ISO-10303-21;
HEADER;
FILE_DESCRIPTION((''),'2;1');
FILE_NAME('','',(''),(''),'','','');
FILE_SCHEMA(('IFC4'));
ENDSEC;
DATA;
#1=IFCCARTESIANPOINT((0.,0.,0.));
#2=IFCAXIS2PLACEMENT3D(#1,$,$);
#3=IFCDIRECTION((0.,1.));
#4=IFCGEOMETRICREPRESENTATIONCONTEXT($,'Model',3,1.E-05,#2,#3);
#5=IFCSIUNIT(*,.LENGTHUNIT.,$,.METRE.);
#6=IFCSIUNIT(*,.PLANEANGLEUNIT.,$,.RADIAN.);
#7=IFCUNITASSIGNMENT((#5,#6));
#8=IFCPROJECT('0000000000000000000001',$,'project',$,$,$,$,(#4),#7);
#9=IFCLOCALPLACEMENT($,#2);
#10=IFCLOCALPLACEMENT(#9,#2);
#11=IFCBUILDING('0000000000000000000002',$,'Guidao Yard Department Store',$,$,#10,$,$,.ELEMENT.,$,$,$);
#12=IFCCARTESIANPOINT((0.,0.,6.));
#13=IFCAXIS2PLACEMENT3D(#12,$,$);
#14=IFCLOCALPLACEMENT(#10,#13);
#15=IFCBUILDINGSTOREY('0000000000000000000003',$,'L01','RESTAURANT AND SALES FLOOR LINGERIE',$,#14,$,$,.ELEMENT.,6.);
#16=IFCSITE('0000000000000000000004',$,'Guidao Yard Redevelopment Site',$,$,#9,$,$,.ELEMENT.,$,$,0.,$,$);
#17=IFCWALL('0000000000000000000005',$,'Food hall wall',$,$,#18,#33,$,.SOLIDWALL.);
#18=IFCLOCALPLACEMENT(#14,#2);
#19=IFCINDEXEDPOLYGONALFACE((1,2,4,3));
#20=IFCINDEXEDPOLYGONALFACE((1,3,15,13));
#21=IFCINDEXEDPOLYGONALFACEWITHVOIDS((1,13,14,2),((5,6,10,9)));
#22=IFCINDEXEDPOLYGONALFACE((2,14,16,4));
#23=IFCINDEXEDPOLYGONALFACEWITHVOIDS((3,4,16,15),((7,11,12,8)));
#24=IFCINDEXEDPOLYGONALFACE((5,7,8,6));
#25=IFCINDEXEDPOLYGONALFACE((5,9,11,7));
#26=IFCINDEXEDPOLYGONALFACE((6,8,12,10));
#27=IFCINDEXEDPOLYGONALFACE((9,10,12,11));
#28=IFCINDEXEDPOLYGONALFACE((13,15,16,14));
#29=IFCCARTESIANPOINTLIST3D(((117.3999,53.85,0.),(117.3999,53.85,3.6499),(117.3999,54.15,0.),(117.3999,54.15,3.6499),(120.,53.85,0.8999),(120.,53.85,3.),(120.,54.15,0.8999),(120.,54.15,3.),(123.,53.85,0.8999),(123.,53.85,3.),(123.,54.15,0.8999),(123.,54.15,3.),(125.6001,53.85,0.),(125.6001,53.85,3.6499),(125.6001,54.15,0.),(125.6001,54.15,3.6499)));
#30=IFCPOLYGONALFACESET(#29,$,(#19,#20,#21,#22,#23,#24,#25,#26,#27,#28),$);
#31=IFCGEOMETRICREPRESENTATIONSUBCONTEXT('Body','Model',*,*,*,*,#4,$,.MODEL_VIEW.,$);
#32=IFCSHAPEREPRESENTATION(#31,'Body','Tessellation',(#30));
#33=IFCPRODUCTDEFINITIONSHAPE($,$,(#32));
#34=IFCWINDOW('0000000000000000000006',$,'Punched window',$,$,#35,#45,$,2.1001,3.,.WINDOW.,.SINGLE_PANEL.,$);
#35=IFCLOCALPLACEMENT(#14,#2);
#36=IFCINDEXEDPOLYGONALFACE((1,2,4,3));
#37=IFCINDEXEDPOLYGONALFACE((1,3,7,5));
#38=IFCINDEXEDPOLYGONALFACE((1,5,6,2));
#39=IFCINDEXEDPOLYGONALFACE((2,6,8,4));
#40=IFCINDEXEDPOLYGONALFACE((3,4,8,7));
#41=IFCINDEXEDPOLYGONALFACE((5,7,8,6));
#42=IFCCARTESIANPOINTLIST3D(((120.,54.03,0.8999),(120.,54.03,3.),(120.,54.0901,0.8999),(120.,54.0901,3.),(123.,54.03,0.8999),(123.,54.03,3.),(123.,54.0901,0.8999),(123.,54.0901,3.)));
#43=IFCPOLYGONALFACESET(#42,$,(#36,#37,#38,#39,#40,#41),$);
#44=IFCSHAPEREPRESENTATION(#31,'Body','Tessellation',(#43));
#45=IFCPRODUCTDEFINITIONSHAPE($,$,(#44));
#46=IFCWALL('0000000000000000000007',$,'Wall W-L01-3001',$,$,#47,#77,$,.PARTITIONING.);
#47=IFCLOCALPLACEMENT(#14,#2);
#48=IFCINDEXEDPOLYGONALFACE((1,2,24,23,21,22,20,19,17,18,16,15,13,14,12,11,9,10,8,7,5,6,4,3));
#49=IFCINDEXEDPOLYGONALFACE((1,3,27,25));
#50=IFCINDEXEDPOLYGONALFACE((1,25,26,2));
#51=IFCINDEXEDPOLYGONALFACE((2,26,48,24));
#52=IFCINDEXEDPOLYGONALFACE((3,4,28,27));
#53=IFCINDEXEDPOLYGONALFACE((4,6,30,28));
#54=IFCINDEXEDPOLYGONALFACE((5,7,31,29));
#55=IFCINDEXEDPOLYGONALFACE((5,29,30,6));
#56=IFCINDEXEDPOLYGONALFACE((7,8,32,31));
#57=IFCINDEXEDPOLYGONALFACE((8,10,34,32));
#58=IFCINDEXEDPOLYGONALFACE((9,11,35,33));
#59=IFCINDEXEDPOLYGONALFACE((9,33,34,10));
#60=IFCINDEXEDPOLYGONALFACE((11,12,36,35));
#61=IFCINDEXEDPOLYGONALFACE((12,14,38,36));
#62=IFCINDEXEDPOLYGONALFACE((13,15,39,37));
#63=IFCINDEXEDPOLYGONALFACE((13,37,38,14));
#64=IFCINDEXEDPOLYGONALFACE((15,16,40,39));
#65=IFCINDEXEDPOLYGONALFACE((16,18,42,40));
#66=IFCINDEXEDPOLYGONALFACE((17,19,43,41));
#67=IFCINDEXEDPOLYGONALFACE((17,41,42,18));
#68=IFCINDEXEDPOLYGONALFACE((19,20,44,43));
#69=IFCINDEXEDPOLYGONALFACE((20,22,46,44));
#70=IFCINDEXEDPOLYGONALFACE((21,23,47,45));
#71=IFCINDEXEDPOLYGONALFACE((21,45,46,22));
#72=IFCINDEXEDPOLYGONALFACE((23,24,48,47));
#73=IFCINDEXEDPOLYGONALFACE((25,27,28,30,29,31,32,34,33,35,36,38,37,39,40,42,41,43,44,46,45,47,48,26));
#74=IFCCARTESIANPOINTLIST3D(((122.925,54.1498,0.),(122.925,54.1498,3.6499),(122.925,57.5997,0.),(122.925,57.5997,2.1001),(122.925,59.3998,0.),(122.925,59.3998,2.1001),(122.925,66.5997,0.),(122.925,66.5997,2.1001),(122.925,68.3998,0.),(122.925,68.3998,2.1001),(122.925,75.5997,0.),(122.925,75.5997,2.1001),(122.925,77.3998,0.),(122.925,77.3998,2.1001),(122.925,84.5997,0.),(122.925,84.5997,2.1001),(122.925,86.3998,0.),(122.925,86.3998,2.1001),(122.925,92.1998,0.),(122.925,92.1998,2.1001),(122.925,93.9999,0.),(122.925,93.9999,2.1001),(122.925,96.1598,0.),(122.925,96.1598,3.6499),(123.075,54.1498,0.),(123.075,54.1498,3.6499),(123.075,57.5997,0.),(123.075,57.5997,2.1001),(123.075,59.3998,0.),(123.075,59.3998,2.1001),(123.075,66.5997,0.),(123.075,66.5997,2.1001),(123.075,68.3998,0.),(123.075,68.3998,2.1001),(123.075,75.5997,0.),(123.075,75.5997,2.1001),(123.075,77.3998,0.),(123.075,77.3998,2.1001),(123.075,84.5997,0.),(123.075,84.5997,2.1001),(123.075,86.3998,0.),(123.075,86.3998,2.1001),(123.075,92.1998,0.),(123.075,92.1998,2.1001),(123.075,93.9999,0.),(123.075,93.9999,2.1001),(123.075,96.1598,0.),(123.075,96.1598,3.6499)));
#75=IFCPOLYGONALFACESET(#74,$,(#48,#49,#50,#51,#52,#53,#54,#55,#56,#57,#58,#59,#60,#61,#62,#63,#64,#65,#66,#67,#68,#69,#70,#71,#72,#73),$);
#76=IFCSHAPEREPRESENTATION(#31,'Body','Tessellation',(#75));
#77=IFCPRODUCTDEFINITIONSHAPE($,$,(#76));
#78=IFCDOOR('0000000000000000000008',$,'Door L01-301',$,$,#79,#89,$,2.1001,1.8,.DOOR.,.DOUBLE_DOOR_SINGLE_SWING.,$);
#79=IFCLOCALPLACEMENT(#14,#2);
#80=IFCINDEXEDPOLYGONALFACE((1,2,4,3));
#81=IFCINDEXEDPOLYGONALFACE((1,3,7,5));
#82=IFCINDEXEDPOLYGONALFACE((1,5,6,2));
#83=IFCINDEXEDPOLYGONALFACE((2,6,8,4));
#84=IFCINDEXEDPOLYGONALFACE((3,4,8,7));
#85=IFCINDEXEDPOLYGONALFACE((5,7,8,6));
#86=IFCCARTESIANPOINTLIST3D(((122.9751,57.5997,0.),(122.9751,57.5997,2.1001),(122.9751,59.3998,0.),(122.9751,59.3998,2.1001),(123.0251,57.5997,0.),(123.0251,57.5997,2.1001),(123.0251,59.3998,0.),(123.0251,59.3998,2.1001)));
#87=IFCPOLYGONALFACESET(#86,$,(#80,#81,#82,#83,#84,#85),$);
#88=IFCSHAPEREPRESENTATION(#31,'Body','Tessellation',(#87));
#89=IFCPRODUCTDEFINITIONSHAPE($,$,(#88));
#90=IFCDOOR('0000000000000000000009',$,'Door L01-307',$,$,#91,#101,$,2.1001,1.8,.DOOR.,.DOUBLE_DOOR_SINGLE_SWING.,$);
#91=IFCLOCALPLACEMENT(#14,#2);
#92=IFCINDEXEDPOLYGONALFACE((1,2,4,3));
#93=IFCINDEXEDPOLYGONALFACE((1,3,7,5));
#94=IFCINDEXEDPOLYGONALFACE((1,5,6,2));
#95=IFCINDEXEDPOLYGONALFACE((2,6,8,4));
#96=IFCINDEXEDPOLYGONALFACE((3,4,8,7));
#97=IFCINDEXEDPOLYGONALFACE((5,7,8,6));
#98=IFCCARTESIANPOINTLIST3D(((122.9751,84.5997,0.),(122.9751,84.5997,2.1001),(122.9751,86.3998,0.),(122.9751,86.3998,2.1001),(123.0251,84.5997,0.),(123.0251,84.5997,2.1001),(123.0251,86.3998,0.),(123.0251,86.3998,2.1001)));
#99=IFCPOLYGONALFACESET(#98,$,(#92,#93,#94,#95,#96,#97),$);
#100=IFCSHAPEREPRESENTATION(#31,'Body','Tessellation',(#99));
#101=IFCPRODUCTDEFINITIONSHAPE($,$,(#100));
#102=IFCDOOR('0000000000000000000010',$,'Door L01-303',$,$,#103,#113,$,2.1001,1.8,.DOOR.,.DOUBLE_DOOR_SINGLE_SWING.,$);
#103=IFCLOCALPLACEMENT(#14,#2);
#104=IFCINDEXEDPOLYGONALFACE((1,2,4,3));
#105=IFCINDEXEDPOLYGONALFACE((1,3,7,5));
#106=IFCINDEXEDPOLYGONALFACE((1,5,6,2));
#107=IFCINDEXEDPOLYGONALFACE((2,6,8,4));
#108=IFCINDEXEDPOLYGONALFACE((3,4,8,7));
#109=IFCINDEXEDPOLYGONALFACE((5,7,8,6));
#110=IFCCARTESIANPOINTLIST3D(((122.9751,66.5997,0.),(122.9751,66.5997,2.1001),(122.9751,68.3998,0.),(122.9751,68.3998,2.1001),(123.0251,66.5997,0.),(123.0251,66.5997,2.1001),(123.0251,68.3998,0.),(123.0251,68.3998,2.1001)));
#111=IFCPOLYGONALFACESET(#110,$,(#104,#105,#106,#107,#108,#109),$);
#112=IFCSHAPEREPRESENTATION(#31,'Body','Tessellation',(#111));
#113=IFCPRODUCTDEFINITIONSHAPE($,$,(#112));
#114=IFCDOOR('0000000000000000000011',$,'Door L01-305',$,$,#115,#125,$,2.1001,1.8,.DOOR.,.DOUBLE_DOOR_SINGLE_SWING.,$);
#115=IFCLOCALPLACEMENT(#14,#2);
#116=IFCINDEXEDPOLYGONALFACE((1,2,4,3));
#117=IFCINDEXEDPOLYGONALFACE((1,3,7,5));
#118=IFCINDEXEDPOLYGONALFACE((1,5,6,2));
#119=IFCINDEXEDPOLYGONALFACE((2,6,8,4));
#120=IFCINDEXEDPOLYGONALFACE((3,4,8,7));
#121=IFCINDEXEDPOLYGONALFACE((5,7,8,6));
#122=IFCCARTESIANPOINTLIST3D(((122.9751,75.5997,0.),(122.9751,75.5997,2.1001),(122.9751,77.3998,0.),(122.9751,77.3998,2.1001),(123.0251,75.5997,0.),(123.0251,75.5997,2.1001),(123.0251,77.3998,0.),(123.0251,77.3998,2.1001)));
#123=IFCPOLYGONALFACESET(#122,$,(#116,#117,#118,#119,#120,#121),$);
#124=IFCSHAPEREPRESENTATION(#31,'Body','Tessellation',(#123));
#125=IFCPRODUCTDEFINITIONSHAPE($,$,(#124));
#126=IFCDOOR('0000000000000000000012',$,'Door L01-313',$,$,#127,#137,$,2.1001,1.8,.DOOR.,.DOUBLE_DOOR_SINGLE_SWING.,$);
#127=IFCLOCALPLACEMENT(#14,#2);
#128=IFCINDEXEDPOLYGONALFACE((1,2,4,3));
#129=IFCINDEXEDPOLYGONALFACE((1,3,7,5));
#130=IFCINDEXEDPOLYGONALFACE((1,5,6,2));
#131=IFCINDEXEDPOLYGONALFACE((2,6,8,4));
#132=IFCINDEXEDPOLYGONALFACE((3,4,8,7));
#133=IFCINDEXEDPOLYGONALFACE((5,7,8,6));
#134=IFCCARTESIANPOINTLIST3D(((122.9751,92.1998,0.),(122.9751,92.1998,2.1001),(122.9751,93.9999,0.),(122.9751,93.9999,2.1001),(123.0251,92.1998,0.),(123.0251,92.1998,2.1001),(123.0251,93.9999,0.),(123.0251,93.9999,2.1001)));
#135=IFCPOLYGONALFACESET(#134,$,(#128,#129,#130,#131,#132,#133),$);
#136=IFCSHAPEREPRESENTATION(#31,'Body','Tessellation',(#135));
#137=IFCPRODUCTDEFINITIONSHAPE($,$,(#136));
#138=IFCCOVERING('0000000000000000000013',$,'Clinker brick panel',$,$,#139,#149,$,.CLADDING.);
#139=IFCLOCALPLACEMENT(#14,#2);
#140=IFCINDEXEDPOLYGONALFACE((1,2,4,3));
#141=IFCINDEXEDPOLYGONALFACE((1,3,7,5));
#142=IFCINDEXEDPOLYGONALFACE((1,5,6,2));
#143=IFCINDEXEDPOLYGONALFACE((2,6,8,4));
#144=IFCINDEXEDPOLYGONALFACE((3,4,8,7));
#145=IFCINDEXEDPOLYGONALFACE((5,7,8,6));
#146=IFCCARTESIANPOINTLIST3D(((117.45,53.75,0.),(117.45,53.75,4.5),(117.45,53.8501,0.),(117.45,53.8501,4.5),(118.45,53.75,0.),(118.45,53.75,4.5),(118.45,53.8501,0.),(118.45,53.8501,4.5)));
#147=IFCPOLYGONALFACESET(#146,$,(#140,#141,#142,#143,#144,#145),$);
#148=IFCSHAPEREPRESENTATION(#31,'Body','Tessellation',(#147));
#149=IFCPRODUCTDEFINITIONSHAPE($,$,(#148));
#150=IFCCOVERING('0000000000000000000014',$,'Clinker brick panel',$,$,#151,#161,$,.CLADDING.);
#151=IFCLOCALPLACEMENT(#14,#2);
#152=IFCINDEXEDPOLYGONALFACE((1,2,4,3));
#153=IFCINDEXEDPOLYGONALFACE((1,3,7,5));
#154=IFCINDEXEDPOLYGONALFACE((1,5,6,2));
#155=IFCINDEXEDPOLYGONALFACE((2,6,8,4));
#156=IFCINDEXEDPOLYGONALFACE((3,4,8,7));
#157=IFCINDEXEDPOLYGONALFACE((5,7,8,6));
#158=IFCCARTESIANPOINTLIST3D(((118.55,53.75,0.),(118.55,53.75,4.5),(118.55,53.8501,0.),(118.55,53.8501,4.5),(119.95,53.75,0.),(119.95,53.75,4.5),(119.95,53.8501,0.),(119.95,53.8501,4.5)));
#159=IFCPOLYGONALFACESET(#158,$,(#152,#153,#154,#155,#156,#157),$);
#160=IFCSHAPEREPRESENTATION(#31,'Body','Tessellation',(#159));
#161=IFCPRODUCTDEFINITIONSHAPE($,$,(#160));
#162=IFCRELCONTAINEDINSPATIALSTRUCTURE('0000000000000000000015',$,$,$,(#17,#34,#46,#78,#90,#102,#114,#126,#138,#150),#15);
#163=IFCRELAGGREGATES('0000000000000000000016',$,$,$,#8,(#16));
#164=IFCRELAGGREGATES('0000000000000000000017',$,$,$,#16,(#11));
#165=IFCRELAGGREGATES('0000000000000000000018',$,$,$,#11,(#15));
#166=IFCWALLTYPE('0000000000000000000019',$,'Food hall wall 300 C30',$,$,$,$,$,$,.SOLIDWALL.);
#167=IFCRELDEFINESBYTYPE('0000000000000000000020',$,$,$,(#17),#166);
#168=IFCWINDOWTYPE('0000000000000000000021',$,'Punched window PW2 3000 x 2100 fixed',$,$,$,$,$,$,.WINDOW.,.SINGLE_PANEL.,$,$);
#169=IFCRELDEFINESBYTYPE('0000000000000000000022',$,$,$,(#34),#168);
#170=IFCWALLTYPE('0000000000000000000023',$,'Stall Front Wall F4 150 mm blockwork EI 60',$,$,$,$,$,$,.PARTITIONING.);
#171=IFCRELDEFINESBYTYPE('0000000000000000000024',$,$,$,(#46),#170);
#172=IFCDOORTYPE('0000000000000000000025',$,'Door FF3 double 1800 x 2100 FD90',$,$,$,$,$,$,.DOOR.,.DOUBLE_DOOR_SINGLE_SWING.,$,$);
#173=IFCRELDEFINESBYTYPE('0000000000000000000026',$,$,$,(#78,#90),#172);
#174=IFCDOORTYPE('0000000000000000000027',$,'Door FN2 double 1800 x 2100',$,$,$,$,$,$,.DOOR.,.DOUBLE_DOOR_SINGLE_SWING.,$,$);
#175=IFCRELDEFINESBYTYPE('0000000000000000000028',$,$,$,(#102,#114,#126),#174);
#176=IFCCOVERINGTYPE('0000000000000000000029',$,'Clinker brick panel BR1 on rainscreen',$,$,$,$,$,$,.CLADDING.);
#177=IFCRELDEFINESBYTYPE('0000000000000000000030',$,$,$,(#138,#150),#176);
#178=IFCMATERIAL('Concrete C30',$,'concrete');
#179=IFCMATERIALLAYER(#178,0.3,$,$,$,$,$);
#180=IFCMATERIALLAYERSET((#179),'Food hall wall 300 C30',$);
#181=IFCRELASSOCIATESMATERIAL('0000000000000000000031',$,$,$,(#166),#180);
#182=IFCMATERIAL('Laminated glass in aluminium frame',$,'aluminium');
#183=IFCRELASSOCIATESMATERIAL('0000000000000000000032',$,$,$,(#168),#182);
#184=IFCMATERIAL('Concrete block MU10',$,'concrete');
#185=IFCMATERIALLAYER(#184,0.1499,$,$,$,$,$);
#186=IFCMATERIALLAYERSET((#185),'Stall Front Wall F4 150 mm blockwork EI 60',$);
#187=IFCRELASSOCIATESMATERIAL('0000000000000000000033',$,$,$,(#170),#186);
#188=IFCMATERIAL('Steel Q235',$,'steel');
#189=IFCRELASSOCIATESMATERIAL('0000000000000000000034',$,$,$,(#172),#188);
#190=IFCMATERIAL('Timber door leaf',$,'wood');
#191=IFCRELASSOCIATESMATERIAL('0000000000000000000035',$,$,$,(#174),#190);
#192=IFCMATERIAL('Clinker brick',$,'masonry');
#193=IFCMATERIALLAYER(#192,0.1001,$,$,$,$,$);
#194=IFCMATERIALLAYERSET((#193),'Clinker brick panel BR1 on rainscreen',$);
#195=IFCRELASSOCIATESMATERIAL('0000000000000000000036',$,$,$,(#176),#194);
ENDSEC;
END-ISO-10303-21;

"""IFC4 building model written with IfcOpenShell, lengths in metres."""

from ifc_helpers import new_model, si_unit, direction, frame, frame_2d, origin, origin_2d, place, context, subcontext, project, spatial, rectangle, extrude, material, layer, layer_set, type_object, element, fill, save


model = new_model("IFC4")

# Units and contexts
model_context = context("Model", 3, precision=1e-05, world=origin(), true_north=direction((0.0, 1.0)))
body_context = subcontext(model_context, "Body", "Model", "MODEL_VIEW")
ifc_project = project(units=[si_unit("LENGTHUNIT", "METRE"), si_unit("PLANEANGLEUNIT", "RADIAN")], contexts=[model_context])

# Site, building, storey
site_placement = place(None, origin())
site = spatial("IfcSite", under=ifc_project, at=site_placement, Name="Guidao Yard Redevelopment Site", CompositionType="ELEMENT", RefElevation=0.0)
building_placement = place(site_placement, origin())
building = spatial("IfcBuilding", under=site, at=building_placement, Name="Guidao Yard Department Store", CompositionType="ELEMENT")
storey_placement = place(building_placement, frame((0.0, 0.0, 6.0)))
storey = spatial("IfcBuildingStorey", under=building, at=storey_placement, Name="L01", Description="RESTAURANT AND SALES FLOOR LINGERIE", CompositionType="ELEMENT", Elevation=6.0)

# Wall, opening, window
ifc_material_1 = material(Name="Concrete C30", Category="concrete")
ifc_layer_1 = layer(ifc_material_1, 0.3)
ifc_layer_set_1 = layer_set([ifc_layer_1], Name="Food hall wall 300 C30")
wall_type_1 = type_object("IfcWallType", Name="Food hall wall 300 C30", PredefinedType="SOLIDWALL", material=ifc_layer_set_1)
wall_1_placement = place(storey_placement, frame((125.6001, 54.0, 0.0), z_axis=(0.0, 0.0, 1.0), x_axis=(-1.0, 0.0, 0.0)))
wall_1 = element("IfcWall", 1, at=wall_1_placement, inside=storey, type_object=wall_type_1, Name="Food hall wall", PredefinedType="SOLIDWALL", context=body_context, shape_type="SweptSolid", body=[
    extrude(rectangle(XDim=8.2002, YDim=0.3, at=frame_2d((4.1001, 0.0))), origin(), (0.0, 0.0, 1.0), 3.6499),
])
opening_1_placement = place(wall_1_placement, frame((2.6001, 0.0, 0.8999)))
opening_1 = element("IfcOpeningElement", 2, at=opening_1_placement, cuts=wall_1, PredefinedType="OPENING", context=body_context, shape_type="SweptSolid", body=[
    extrude(rectangle(XDim=3.0, YDim=2.1001, at=frame_2d((1.5, 1.05))), frame((0.0, 0.1599, 0.0), z_axis=(0.0, -1.0, 0.0), x_axis=(1.0, 0.0, 0.0)), (0.0, 0.0, 1.0), 0.3201),
])
ifc_material_2 = material(Name="Laminated glass in aluminium frame", Category="aluminium")
window_type = type_object("IfcWindowType", Name="Punched window PW2 3000 x 2100 fixed", PartitioningType="SINGLE_PANEL", PredefinedType="WINDOW", material=ifc_material_2)
window_placement = place(opening_1_placement, origin())
window = element("IfcWindow", 3, at=window_placement, inside=storey, type_object=window_type, Name="Punched window", OverallHeight=2.1001, OverallWidth=3.0, PartitioningType="SINGLE_PANEL", PredefinedType="WINDOW", context=body_context, shape_type="SweptSolid", body=[
    extrude(rectangle(XDim=3.0, YDim=2.1001, at=frame_2d((1.5, 1.05))), frame((0.0, -0.03, 0.0), z_axis=(0.0, -1.0, 0.0), x_axis=(1.0, 0.0, 0.0)), (0.0, 0.0, 1.0), 0.0601),
])
fill(opening_1, window)

# Wall, openings, doors
ifc_material_3 = material(Name="Concrete block MU10", Category="concrete")
ifc_layer_2 = layer(ifc_material_3, 0.1499)
ifc_layer_set_2 = layer_set([ifc_layer_2], Name="Stall Front Wall F4 150 mm blockwork EI 60")
wall_type_2 = type_object("IfcWallType", Name="Stall Front Wall F4 150 mm blockwork EI 60", PredefinedType="PARTITIONING", material=ifc_layer_set_2)
wall_2_placement = place(storey_placement, frame((123.0, 54.1499, 0.0), z_axis=(0.0, 0.0, 1.0), x_axis=(0.0, 1.0, 0.0)))
wall_2 = element("IfcWall", 4, at=wall_2_placement, inside=storey, type_object=wall_type_2, Name="Wall W-L01-3001", PredefinedType="PARTITIONING", context=body_context, shape_type="SweptSolid", body=[
    extrude(rectangle(XDim=42.01, YDim=0.1499, at=frame_2d((21.0049, 0.0))), origin(), (0.0, 0.0, 1.0), 3.6499),
])
opening_2_placement = place(wall_2_placement, frame((3.45, 0.0, 0.0)))
opening_2 = element("IfcOpeningElement", 5, at=opening_2_placement, cuts=wall_2, PredefinedType="OPENING", context=body_context, shape_type="SweptSolid", body=[
    extrude(rectangle(XDim=1.8, YDim=2.1001, at=frame_2d((0.8999, 1.05))), frame((0.0, 0.085, 0.0), z_axis=(0.0, -1.0, 0.0), x_axis=(1.0, 0.0, 0.0)), (0.0, 0.0, 1.0), 0.1699),
])
opening_3_placement = place(wall_2_placement, frame((12.45, 0.0, 0.0)))
opening_3 = element("IfcOpeningElement", 6, at=opening_3_placement, cuts=wall_2, PredefinedType="OPENING", context=body_context, shape_type="SweptSolid", body=[
    extrude(rectangle(XDim=1.8, YDim=2.1001, at=frame_2d((0.8999, 1.05))), frame((0.0, 0.085, 0.0), z_axis=(0.0, -1.0, 0.0), x_axis=(1.0, 0.0, 0.0)), (0.0, 0.0, 1.0), 0.1699),
])
opening_4_placement = place(wall_2_placement, frame((21.45, 0.0, 0.0)))
opening_4 = element("IfcOpeningElement", 7, at=opening_4_placement, cuts=wall_2, PredefinedType="OPENING", context=body_context, shape_type="SweptSolid", body=[
    extrude(rectangle(XDim=1.8, YDim=2.1001, at=frame_2d((0.8999, 1.05))), frame((0.0, 0.085, 0.0), z_axis=(0.0, -1.0, 0.0), x_axis=(1.0, 0.0, 0.0)), (0.0, 0.0, 1.0), 0.1699),
])
opening_5_placement = place(wall_2_placement, frame((30.45, 0.0, 0.0)))
opening_5 = element("IfcOpeningElement", 8, at=opening_5_placement, cuts=wall_2, PredefinedType="OPENING", context=body_context, shape_type="SweptSolid", body=[
    extrude(rectangle(XDim=1.8, YDim=2.1001, at=frame_2d((0.8999, 1.05))), frame((0.0, 0.085, 0.0), z_axis=(0.0, -1.0, 0.0), x_axis=(1.0, 0.0, 0.0)), (0.0, 0.0, 1.0), 0.1699),
])
opening_6_placement = place(wall_2_placement, frame((38.05, 0.0, 0.0)))
opening_6 = element("IfcOpeningElement", 9, at=opening_6_placement, cuts=wall_2, PredefinedType="OPENING", context=body_context, shape_type="SweptSolid", body=[
    extrude(rectangle(XDim=1.8, YDim=2.1001, at=frame_2d((0.8999, 1.05))), frame((0.0, 0.085, 0.0), z_axis=(0.0, -1.0, 0.0), x_axis=(1.0, 0.0, 0.0)), (0.0, 0.0, 1.0), 0.1699),
])
ifc_material_4 = material(Name="Steel Q235", Category="steel")
door_type_1 = type_object("IfcDoorType", Name="Door FF3 double 1800 x 2100 FD90", OperationType="DOUBLE_DOOR_SINGLE_SWING", PredefinedType="DOOR", material=ifc_material_4)
door_1_placement = place(opening_2_placement, origin())
door_1 = element("IfcDoor", 10, at=door_1_placement, inside=storey, type_object=door_type_1, Name="Door L01-301", OperationType="DOUBLE_DOOR_SINGLE_SWING", OverallHeight=2.1001, OverallWidth=1.8, PredefinedType="DOOR", context=body_context, shape_type="SweptSolid", body=[
    extrude(rectangle(XDim=1.8, YDim=2.1001, at=frame_2d((0.8999, 1.05))), frame((0.0, 0.0249, 0.0), z_axis=(0.0, -1.0, 0.0), x_axis=(1.0, 0.0, 0.0)), (0.0, 0.0, 1.0), 0.05),
])
fill(opening_2, door_1)
door_2_placement = place(opening_5_placement, origin())
door_2 = element("IfcDoor", 11, at=door_2_placement, inside=storey, type_object=door_type_1, Name="Door L01-307", OperationType="DOUBLE_DOOR_SINGLE_SWING", OverallHeight=2.1001, OverallWidth=1.8, PredefinedType="DOOR", context=body_context, shape_type="SweptSolid", body=[
    extrude(rectangle(XDim=1.8, YDim=2.1001, at=frame_2d((0.8999, 1.05))), frame((0.0, 0.0249, 0.0), z_axis=(0.0, -1.0, 0.0), x_axis=(1.0, 0.0, 0.0)), (0.0, 0.0, 1.0), 0.05),
])
fill(opening_5, door_2)
ifc_material_5 = material(Name="Timber door leaf", Category="wood")
door_type_2 = type_object("IfcDoorType", Name="Door FN2 double 1800 x 2100", OperationType="DOUBLE_DOOR_SINGLE_SWING", PredefinedType="DOOR", material=ifc_material_5)
door_3_placement = place(opening_3_placement, origin())
door_3 = element("IfcDoor", 12, at=door_3_placement, inside=storey, type_object=door_type_2, Name="Door L01-303", OperationType="DOUBLE_DOOR_SINGLE_SWING", OverallHeight=2.1001, OverallWidth=1.8, PredefinedType="DOOR", context=body_context, shape_type="SweptSolid", body=[
    extrude(rectangle(XDim=1.8, YDim=2.1001, at=frame_2d((0.8999, 1.05))), frame((0.0, 0.0249, 0.0), z_axis=(0.0, -1.0, 0.0), x_axis=(1.0, 0.0, 0.0)), (0.0, 0.0, 1.0), 0.05),
])
fill(opening_3, door_3)
door_4_placement = place(opening_4_placement, origin())
door_4 = element("IfcDoor", 13, at=door_4_placement, inside=storey, type_object=door_type_2, Name="Door L01-305", OperationType="DOUBLE_DOOR_SINGLE_SWING", OverallHeight=2.1001, OverallWidth=1.8, PredefinedType="DOOR", context=body_context, shape_type="SweptSolid", body=[
    extrude(rectangle(XDim=1.8, YDim=2.1001, at=frame_2d((0.8999, 1.05))), frame((0.0, 0.0249, 0.0), z_axis=(0.0, -1.0, 0.0), x_axis=(1.0, 0.0, 0.0)), (0.0, 0.0, 1.0), 0.05),
])
fill(opening_4, door_4)
door_5_placement = place(opening_6_placement, origin())
door_5 = element("IfcDoor", 14, at=door_5_placement, inside=storey, type_object=door_type_2, Name="Door L01-313", OperationType="DOUBLE_DOOR_SINGLE_SWING", OverallHeight=2.1001, OverallWidth=1.8, PredefinedType="DOOR", context=body_context, shape_type="SweptSolid", body=[
    extrude(rectangle(XDim=1.8, YDim=2.1001, at=frame_2d((0.8999, 1.05))), frame((0.0, 0.0249, 0.0), z_axis=(0.0, -1.0, 0.0), x_axis=(1.0, 0.0, 0.0)), (0.0, 0.0, 1.0), 0.05),
])
fill(opening_6, door_5)

# Coverings
ifc_material_6 = material(Name="Clinker brick", Category="masonry")
ifc_layer_3 = layer(ifc_material_6, 0.1001)
ifc_layer_set_3 = layer_set([ifc_layer_3], Name="Clinker brick panel BR1 on rainscreen")
covering_type = type_object("IfcCoveringType", Name="Clinker brick panel BR1 on rainscreen", PredefinedType="CLADDING", material=ifc_layer_set_3)
covering_1_placement = place(storey_placement, frame((117.95, 53.8, 0.0), z_axis=(0.0, 0.0, 1.0), x_axis=(-1.0, 0.0, 0.0)))
element("IfcCovering", 15, at=covering_1_placement, inside=storey, type_object=covering_type, Name="Clinker brick panel", PredefinedType="CLADDING", context=body_context, shape_type="SweptSolid", body=[
    extrude(rectangle(XDim=1.0, YDim=0.1001, at=origin_2d()), origin(), (0.0, 0.0, 1.0), 4.5),
])
covering_2_placement = place(storey_placement, frame((119.25, 53.8, 0.0), z_axis=(0.0, 0.0, 1.0), x_axis=(-1.0, 0.0, 0.0)))
element("IfcCovering", 16, at=covering_2_placement, inside=storey, type_object=covering_type, Name="Clinker brick panel", PredefinedType="CLADDING", context=body_context, shape_type="SweptSolid", body=[
    extrude(rectangle(XDim=1.3999, YDim=0.1001, at=origin_2d()), origin(), (0.0, 0.0, 1.0), 4.5),
])

save(model, "model.ifc")
